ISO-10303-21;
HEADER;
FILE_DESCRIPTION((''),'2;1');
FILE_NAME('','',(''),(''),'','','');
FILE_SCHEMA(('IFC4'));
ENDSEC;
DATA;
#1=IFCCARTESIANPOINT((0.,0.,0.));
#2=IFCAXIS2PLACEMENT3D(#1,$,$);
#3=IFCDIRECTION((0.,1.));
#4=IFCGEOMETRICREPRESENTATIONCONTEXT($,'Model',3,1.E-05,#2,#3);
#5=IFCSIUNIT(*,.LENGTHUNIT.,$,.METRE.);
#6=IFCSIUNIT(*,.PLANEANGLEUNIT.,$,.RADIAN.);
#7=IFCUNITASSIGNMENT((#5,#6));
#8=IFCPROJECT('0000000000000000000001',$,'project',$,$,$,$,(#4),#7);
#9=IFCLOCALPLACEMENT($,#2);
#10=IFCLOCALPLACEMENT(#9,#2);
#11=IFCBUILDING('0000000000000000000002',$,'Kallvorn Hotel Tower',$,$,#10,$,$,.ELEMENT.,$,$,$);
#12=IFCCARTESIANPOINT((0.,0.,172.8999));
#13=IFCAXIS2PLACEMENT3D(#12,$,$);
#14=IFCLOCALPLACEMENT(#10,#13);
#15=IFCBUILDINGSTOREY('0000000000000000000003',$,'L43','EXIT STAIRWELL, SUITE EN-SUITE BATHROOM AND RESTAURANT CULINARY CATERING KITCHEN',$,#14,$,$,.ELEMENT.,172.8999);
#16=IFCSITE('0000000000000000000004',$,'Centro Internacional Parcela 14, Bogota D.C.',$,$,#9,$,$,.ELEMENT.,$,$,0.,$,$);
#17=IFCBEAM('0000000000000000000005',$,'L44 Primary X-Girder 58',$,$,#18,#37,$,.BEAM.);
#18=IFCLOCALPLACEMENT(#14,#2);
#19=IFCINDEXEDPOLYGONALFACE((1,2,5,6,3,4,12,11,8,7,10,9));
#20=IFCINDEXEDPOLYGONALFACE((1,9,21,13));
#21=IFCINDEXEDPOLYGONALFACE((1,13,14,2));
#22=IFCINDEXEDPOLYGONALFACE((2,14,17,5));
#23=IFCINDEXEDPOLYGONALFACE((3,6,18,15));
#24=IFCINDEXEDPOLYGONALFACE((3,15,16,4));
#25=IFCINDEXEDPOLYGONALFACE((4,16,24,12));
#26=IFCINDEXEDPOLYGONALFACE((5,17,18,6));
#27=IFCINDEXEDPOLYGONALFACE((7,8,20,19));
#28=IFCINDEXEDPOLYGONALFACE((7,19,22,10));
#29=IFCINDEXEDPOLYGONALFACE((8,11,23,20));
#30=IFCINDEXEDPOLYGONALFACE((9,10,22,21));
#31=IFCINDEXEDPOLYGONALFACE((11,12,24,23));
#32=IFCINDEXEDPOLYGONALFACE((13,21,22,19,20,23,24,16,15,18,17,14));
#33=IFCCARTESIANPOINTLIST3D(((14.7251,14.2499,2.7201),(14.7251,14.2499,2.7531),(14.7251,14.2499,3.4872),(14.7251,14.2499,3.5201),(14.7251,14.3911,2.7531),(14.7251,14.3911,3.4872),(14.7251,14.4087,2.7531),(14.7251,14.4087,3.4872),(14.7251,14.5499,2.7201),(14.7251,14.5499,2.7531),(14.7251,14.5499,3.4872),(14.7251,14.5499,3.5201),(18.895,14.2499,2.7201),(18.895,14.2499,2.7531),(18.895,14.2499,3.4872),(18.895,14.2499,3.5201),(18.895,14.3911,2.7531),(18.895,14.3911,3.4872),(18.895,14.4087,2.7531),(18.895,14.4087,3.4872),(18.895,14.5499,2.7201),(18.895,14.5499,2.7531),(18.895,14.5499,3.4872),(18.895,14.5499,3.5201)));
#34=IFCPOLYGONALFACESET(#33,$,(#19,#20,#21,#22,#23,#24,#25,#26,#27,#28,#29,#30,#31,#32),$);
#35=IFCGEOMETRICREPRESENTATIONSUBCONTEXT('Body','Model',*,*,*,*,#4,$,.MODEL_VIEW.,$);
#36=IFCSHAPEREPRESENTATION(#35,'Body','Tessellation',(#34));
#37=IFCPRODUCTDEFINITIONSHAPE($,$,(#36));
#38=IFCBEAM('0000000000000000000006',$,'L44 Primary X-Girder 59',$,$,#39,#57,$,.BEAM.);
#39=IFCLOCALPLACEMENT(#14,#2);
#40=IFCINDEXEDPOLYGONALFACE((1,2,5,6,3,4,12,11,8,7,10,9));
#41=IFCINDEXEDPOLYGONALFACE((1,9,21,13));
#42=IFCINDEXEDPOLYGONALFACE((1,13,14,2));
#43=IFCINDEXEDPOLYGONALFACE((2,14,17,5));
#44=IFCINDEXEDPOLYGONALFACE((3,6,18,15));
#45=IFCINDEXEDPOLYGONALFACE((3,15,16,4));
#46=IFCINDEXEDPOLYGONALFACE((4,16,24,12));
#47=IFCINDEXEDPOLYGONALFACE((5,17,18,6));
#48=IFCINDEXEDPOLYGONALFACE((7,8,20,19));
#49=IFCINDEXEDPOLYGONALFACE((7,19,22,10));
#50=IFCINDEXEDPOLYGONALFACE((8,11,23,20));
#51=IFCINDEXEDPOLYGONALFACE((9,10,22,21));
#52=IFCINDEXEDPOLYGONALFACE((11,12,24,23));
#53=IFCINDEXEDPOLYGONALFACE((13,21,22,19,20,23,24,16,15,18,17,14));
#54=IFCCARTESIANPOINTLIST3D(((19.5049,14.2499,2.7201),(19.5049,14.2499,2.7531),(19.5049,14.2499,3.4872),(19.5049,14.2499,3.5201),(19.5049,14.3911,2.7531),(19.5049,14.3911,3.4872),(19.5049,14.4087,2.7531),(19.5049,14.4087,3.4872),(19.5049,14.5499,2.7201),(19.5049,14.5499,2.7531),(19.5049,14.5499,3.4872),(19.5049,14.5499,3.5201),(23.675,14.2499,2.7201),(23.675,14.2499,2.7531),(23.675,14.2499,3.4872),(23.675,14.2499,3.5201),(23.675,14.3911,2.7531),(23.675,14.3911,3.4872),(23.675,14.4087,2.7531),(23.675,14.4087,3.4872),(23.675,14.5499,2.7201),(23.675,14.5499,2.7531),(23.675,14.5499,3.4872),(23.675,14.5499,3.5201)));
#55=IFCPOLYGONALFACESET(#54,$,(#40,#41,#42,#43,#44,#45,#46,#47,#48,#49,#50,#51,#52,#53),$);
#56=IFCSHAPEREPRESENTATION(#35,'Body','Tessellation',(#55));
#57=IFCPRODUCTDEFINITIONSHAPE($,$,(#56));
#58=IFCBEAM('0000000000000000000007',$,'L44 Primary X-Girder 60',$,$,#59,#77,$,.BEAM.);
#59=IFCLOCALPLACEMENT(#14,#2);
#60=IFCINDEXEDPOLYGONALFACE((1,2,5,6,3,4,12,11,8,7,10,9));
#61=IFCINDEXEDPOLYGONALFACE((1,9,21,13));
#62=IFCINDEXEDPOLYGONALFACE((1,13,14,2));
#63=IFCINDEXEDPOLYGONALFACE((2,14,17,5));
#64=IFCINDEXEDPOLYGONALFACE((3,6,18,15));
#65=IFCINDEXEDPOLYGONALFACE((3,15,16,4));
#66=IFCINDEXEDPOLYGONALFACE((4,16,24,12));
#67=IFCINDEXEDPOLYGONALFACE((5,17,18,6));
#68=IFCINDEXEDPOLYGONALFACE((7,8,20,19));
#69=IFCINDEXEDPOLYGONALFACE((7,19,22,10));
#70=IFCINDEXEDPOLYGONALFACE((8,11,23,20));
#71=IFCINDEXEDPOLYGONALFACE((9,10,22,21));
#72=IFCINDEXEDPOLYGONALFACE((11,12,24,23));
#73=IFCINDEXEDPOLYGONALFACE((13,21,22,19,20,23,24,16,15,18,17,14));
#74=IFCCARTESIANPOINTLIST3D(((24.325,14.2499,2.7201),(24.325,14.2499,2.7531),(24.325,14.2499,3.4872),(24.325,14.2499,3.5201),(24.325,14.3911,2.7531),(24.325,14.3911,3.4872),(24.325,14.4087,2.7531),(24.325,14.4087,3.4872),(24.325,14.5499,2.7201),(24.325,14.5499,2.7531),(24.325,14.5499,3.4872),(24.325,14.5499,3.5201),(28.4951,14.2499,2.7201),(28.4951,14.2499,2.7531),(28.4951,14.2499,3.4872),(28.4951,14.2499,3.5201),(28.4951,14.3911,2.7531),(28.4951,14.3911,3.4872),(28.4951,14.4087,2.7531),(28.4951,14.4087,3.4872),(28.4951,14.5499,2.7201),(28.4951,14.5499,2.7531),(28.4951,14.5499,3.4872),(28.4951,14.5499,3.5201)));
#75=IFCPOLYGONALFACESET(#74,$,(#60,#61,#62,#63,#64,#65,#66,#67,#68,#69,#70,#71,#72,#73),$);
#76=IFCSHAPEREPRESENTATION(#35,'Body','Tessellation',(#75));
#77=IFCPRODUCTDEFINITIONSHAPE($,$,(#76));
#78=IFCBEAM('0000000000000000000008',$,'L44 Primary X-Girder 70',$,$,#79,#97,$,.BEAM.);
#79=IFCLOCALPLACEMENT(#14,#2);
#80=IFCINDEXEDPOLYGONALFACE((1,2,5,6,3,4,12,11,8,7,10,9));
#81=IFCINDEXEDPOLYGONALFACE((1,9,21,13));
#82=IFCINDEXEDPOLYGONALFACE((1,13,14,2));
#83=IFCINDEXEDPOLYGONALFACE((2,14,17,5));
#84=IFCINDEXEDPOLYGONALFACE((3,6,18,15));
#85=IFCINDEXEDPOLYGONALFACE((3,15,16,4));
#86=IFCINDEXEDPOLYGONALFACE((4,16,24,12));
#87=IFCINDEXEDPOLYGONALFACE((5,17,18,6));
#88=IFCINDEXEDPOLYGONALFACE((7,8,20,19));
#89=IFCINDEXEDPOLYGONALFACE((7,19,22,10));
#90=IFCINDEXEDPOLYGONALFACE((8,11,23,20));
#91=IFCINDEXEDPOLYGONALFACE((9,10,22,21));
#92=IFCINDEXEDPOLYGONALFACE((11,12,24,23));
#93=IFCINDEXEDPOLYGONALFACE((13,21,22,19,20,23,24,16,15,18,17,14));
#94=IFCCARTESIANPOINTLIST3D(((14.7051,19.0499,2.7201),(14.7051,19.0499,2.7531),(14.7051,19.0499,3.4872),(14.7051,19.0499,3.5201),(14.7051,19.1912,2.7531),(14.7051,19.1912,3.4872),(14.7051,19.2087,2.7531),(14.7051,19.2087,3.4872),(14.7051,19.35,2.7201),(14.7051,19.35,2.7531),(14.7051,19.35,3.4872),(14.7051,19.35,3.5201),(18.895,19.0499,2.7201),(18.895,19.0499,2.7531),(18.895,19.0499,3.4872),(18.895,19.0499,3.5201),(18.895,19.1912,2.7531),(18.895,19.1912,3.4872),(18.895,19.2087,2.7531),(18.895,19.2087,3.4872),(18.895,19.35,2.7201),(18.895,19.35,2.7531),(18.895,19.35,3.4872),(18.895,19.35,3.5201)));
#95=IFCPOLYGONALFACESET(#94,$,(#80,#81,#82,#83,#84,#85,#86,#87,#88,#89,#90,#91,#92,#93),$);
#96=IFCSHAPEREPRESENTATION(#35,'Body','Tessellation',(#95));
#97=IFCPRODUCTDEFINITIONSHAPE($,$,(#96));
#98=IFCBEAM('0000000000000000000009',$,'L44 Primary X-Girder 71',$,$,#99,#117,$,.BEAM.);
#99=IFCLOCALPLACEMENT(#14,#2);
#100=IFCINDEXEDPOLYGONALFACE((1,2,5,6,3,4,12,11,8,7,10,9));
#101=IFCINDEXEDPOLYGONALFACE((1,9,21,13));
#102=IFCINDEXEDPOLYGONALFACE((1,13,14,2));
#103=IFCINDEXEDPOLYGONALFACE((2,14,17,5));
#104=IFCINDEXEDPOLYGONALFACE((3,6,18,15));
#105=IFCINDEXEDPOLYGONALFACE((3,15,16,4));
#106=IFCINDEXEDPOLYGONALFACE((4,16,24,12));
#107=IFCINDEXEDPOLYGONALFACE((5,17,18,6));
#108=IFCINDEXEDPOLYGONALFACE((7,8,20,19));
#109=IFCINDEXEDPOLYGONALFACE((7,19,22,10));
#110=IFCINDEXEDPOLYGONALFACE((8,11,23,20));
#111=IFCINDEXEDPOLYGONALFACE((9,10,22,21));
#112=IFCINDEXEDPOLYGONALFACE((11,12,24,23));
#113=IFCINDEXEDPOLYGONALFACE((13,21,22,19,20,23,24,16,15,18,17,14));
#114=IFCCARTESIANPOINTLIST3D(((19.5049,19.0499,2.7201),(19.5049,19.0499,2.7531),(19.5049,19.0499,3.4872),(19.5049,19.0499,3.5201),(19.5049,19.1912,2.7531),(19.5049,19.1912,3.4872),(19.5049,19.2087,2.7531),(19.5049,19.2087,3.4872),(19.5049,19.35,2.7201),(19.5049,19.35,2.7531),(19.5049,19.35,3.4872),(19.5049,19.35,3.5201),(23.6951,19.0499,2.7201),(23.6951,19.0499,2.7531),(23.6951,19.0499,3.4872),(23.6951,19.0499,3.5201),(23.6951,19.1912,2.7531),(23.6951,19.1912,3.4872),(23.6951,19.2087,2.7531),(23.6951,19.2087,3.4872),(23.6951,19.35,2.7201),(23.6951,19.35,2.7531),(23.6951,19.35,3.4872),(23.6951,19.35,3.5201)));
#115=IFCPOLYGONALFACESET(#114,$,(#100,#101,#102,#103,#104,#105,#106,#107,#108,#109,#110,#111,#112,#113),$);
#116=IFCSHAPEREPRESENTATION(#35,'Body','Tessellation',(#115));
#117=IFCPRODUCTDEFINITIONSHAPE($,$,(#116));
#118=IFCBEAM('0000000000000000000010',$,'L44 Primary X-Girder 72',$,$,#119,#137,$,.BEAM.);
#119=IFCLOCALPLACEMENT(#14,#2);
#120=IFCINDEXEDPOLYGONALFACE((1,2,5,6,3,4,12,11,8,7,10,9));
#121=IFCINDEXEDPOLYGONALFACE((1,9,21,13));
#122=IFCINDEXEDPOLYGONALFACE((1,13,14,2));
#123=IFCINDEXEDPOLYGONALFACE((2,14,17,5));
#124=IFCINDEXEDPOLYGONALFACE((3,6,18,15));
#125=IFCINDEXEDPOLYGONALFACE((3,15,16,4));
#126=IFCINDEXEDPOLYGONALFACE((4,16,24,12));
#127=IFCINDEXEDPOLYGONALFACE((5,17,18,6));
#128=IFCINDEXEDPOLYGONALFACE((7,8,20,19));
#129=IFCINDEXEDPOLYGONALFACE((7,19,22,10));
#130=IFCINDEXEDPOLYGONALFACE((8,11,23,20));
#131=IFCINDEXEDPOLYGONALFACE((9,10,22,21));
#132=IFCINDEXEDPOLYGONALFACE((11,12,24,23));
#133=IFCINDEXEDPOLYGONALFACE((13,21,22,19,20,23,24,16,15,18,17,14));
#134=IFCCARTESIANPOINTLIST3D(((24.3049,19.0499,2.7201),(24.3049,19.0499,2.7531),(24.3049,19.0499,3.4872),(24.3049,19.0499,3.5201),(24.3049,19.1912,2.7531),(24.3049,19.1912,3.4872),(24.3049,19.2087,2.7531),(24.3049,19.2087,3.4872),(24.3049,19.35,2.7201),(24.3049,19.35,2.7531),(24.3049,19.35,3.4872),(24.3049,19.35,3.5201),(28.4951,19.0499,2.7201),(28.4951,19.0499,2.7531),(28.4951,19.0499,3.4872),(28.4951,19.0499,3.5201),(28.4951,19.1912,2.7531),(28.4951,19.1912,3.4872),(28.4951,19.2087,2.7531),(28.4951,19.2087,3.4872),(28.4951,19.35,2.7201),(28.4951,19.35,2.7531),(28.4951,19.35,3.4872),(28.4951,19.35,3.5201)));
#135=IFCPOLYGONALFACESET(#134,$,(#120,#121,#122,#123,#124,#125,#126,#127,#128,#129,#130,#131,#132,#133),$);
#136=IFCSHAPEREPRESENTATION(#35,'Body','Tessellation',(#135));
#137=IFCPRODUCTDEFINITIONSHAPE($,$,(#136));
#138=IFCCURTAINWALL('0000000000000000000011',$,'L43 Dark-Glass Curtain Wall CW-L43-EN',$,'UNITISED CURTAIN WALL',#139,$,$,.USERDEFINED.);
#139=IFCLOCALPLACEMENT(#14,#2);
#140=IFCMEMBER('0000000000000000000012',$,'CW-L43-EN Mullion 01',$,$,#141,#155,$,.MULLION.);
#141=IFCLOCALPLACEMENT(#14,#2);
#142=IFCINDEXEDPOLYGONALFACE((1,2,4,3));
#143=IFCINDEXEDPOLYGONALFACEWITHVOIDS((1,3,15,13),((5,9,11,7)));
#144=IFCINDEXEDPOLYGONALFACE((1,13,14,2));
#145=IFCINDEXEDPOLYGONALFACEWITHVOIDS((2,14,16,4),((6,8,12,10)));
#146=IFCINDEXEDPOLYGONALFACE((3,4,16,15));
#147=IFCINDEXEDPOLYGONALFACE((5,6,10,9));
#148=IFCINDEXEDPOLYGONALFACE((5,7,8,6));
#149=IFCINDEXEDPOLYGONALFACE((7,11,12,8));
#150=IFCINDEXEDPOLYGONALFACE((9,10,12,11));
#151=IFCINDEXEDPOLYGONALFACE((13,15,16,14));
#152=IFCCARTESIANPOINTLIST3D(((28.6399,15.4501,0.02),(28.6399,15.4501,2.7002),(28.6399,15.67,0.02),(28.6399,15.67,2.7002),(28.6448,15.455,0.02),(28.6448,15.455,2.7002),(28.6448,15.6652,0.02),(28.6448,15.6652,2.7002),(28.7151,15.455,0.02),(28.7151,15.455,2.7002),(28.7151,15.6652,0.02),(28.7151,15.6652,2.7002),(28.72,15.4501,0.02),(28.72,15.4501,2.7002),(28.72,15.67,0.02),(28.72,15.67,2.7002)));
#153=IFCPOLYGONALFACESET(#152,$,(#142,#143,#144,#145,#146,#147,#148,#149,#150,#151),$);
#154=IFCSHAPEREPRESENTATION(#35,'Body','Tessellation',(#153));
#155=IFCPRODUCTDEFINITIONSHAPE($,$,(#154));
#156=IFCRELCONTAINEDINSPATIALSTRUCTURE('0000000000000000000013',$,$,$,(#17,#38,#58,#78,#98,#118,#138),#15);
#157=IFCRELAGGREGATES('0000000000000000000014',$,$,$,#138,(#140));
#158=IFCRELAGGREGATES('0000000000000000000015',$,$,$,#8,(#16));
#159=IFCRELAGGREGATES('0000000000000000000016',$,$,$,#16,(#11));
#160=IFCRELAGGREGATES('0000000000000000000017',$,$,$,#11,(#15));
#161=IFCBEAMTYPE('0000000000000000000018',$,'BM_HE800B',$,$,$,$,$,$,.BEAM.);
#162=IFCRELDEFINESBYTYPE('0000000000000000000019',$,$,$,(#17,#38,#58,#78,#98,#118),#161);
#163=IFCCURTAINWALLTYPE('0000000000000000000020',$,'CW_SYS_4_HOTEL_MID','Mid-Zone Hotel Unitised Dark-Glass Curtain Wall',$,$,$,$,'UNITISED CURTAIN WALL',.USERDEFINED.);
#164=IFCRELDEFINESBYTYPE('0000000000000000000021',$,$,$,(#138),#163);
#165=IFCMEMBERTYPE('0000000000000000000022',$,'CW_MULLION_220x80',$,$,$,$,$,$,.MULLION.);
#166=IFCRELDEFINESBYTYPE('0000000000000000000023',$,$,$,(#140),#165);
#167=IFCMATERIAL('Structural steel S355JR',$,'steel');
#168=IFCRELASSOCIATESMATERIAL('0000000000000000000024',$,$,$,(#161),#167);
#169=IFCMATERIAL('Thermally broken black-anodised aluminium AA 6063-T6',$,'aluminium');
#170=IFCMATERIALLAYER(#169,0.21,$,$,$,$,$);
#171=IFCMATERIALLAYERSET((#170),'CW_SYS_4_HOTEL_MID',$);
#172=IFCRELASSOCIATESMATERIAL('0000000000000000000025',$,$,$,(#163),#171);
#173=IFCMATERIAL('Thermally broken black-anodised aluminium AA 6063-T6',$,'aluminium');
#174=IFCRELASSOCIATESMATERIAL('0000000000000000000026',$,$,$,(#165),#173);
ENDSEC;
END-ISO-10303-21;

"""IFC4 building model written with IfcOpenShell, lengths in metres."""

from ifc_helpers import new_model, si_unit, direction, frame, origin, origin_2d, place, context, subcontext, project, spatial, hollow_rectangle, i_section, extrude, material, layer, layer_set, material_profile, profile_set, type_object, element, aggregate, save


model = new_model("IFC4")

# Units and contexts
model_context = context("Model", 3, precision=1e-05, world=origin(), true_north=direction((0.0, 1.0)))
body_context = subcontext(model_context, "Body", "Model", "MODEL_VIEW")
ifc_project = project(units=[si_unit("LENGTHUNIT", "METRE"), si_unit("PLANEANGLEUNIT", "RADIAN")], contexts=[model_context])

# Site, building, storey
site_placement = place(None, origin())
site = spatial("IfcSite", under=ifc_project, at=site_placement, Name="Centro Internacional Parcela 14, Bogota D.C.", CompositionType="ELEMENT", RefElevation=0.0)
building_placement = place(site_placement, origin())
building = spatial("IfcBuilding", under=site, at=building_placement, Name="Kallvorn Hotel Tower", CompositionType="ELEMENT")
storey_placement = place(building_placement, frame((0.0, 0.0, 172.8999)))
storey = spatial("IfcBuildingStorey", under=building, at=storey_placement, Name="L43", Description="EXIT STAIRWELL, SUITE EN-SUITE BATHROOM AND RESTAURANT CULINARY CATERING KITCHEN", CompositionType="ELEMENT", Elevation=172.8999)

# Beams
ifc_material_1 = material(Name="Structural steel S355JR", Category="steel")
ifc_material_profile_1 = material_profile(ifc_material_1, i_section(OverallWidth=0.3, OverallDepth=0.8, WebThickness=0.0176, FlangeThickness=0.033, at=origin_2d()), Name="HE 800 B")
ifc_profile_set_1 = profile_set([ifc_material_profile_1], Name="Structural steel S355JR")
beam_type_1 = type_object("IfcBeamType", Name="BM_HE800B", PredefinedType="BEAM", material=ifc_profile_set_1)
beam_1_placement = place(storey_placement, frame((14.7251, 14.3999, 3.1201), z_axis=(1.0, 0.0, 0.0), x_axis=(0.0, 1.0, 0.0)))
element("IfcBeam", 1, at=beam_1_placement, inside=storey, type_object=beam_type_1, Name="L44 Primary X-Girder 58", PredefinedType="BEAM", context=body_context, shape_type="SweptSolid", body=[
    extrude(i_section(OverallWidth=0.3, OverallDepth=0.8, WebThickness=0.0176, FlangeThickness=0.033, at=origin_2d()), origin(), (0.0, 0.0, 1.0), 4.1699),
])
for number, where, z_axis, x_axis, name in (
    (2, (19.5049, 14.3999, 3.1201), (1.0, 0.0, 0.0), (0.0, 1.0, 0.0), "L44 Primary X-Girder 59"),
    (3, (24.325, 14.3999, 3.1201), (1.0, 0.0, 0.0), (0.0, 1.0, 0.0), "L44 Primary X-Girder 60"),
):
    element("IfcBeam", number, at=place(storey_placement, frame(where, z_axis=z_axis, x_axis=x_axis)), inside=storey, type_object=beam_type_1, Name=name, PredefinedType="BEAM", context=body_context, shape_type="SweptSolid", body=[
        extrude(i_section(OverallWidth=0.3, OverallDepth=0.8, WebThickness=0.0176, FlangeThickness=0.033, at=origin_2d()), origin(), (0.0, 0.0, 1.0), 4.1702),
    ])
beam_2_placement = place(storey_placement, frame((14.7051, 19.2, 3.1201), z_axis=(1.0, 0.0, 0.0), x_axis=(0.0, 1.0, 0.0)))
element("IfcBeam", 4, at=beam_2_placement, inside=storey, type_object=beam_type_1, Name="L44 Primary X-Girder 70", PredefinedType="BEAM", context=body_context, shape_type="SweptSolid", body=[
    extrude(i_section(OverallWidth=0.3, OverallDepth=0.8, WebThickness=0.0176, FlangeThickness=0.033, at=origin_2d()), origin(), (0.0, 0.0, 1.0), 4.1899),
])
for number, where, z_axis, x_axis, name in (
    (5, (19.5049, 19.2, 3.1201), (1.0, 0.0, 0.0), (0.0, 1.0, 0.0), "L44 Primary X-Girder 71"),
    (6, (24.3049, 19.2, 3.1201), (1.0, 0.0, 0.0), (0.0, 1.0, 0.0), "L44 Primary X-Girder 72"),
):
    element("IfcBeam", number, at=place(storey_placement, frame(where, z_axis=z_axis, x_axis=x_axis)), inside=storey, type_object=beam_type_1, Name=name, PredefinedType="BEAM", context=body_context, shape_type="SweptSolid", body=[
        extrude(i_section(OverallWidth=0.3, OverallDepth=0.8, WebThickness=0.0176, FlangeThickness=0.033, at=origin_2d()), origin(), (0.0, 0.0, 1.0), 4.1902),
    ])

# Curtain wall, member
ifc_material_2 = material(Name="Thermally broken black-anodised aluminium AA 6063-T6", Category="aluminium")
ifc_layer_1 = layer(ifc_material_2, 0.21)
ifc_layer_set_1 = layer_set([ifc_layer_1], Name="CW_SYS_4_HOTEL_MID")
curtain_wall_type = type_object("IfcCurtainWallType", Name="CW_SYS_4_HOTEL_MID", Description="Mid-Zone Hotel Unitised Dark-Glass Curtain Wall", ElementType="UNITISED CURTAIN WALL", PredefinedType="USERDEFINED", material=ifc_layer_set_1)
curtain_wall_placement = place(storey_placement, origin())
curtain_wall = element("IfcCurtainWall", 7, at=curtain_wall_placement, inside=storey, type_object=curtain_wall_type, Name="L43 Dark-Glass Curtain Wall CW-L43-EN", ObjectType="UNITISED CURTAIN WALL", PredefinedType="USERDEFINED")
ifc_material_3 = material(Name="Thermally broken black-anodised aluminium AA 6063-T6", Category="aluminium")
ifc_material_profile_2 = material_profile(ifc_material_3, hollow_rectangle(XDim=0.0801, YDim=0.22, WallThickness=0.0049, at=origin_2d()), Name="MUL 220x80")
ifc_profile_set_2 = profile_set([ifc_material_profile_2], Name="Thermally broken black-anodised aluminium AA 6063-T6")
member_type_1 = type_object("IfcMemberType", Name="CW_MULLION_220x80", PredefinedType="MULLION", material=ifc_profile_set_2)
member_placement = place(storey_placement, frame((28.6799, 15.5601, 0.02), z_axis=(0.0, 0.0, 1.0), x_axis=(1.0, 0.0, 0.0)))
member = element("IfcMember", 8, at=member_placement, type_object=member_type_1, Name="CW-L43-EN Mullion 01", PredefinedType="MULLION", context=body_context, shape_type="SweptSolid", body=[
    extrude(hollow_rectangle(XDim=0.0801, YDim=0.22, WallThickness=0.0049, at=origin_2d()), origin(), (0.0, 0.0, 1.0), 2.6802),
])
aggregate(curtain_wall, [member])

save(model, "model.ifc")
